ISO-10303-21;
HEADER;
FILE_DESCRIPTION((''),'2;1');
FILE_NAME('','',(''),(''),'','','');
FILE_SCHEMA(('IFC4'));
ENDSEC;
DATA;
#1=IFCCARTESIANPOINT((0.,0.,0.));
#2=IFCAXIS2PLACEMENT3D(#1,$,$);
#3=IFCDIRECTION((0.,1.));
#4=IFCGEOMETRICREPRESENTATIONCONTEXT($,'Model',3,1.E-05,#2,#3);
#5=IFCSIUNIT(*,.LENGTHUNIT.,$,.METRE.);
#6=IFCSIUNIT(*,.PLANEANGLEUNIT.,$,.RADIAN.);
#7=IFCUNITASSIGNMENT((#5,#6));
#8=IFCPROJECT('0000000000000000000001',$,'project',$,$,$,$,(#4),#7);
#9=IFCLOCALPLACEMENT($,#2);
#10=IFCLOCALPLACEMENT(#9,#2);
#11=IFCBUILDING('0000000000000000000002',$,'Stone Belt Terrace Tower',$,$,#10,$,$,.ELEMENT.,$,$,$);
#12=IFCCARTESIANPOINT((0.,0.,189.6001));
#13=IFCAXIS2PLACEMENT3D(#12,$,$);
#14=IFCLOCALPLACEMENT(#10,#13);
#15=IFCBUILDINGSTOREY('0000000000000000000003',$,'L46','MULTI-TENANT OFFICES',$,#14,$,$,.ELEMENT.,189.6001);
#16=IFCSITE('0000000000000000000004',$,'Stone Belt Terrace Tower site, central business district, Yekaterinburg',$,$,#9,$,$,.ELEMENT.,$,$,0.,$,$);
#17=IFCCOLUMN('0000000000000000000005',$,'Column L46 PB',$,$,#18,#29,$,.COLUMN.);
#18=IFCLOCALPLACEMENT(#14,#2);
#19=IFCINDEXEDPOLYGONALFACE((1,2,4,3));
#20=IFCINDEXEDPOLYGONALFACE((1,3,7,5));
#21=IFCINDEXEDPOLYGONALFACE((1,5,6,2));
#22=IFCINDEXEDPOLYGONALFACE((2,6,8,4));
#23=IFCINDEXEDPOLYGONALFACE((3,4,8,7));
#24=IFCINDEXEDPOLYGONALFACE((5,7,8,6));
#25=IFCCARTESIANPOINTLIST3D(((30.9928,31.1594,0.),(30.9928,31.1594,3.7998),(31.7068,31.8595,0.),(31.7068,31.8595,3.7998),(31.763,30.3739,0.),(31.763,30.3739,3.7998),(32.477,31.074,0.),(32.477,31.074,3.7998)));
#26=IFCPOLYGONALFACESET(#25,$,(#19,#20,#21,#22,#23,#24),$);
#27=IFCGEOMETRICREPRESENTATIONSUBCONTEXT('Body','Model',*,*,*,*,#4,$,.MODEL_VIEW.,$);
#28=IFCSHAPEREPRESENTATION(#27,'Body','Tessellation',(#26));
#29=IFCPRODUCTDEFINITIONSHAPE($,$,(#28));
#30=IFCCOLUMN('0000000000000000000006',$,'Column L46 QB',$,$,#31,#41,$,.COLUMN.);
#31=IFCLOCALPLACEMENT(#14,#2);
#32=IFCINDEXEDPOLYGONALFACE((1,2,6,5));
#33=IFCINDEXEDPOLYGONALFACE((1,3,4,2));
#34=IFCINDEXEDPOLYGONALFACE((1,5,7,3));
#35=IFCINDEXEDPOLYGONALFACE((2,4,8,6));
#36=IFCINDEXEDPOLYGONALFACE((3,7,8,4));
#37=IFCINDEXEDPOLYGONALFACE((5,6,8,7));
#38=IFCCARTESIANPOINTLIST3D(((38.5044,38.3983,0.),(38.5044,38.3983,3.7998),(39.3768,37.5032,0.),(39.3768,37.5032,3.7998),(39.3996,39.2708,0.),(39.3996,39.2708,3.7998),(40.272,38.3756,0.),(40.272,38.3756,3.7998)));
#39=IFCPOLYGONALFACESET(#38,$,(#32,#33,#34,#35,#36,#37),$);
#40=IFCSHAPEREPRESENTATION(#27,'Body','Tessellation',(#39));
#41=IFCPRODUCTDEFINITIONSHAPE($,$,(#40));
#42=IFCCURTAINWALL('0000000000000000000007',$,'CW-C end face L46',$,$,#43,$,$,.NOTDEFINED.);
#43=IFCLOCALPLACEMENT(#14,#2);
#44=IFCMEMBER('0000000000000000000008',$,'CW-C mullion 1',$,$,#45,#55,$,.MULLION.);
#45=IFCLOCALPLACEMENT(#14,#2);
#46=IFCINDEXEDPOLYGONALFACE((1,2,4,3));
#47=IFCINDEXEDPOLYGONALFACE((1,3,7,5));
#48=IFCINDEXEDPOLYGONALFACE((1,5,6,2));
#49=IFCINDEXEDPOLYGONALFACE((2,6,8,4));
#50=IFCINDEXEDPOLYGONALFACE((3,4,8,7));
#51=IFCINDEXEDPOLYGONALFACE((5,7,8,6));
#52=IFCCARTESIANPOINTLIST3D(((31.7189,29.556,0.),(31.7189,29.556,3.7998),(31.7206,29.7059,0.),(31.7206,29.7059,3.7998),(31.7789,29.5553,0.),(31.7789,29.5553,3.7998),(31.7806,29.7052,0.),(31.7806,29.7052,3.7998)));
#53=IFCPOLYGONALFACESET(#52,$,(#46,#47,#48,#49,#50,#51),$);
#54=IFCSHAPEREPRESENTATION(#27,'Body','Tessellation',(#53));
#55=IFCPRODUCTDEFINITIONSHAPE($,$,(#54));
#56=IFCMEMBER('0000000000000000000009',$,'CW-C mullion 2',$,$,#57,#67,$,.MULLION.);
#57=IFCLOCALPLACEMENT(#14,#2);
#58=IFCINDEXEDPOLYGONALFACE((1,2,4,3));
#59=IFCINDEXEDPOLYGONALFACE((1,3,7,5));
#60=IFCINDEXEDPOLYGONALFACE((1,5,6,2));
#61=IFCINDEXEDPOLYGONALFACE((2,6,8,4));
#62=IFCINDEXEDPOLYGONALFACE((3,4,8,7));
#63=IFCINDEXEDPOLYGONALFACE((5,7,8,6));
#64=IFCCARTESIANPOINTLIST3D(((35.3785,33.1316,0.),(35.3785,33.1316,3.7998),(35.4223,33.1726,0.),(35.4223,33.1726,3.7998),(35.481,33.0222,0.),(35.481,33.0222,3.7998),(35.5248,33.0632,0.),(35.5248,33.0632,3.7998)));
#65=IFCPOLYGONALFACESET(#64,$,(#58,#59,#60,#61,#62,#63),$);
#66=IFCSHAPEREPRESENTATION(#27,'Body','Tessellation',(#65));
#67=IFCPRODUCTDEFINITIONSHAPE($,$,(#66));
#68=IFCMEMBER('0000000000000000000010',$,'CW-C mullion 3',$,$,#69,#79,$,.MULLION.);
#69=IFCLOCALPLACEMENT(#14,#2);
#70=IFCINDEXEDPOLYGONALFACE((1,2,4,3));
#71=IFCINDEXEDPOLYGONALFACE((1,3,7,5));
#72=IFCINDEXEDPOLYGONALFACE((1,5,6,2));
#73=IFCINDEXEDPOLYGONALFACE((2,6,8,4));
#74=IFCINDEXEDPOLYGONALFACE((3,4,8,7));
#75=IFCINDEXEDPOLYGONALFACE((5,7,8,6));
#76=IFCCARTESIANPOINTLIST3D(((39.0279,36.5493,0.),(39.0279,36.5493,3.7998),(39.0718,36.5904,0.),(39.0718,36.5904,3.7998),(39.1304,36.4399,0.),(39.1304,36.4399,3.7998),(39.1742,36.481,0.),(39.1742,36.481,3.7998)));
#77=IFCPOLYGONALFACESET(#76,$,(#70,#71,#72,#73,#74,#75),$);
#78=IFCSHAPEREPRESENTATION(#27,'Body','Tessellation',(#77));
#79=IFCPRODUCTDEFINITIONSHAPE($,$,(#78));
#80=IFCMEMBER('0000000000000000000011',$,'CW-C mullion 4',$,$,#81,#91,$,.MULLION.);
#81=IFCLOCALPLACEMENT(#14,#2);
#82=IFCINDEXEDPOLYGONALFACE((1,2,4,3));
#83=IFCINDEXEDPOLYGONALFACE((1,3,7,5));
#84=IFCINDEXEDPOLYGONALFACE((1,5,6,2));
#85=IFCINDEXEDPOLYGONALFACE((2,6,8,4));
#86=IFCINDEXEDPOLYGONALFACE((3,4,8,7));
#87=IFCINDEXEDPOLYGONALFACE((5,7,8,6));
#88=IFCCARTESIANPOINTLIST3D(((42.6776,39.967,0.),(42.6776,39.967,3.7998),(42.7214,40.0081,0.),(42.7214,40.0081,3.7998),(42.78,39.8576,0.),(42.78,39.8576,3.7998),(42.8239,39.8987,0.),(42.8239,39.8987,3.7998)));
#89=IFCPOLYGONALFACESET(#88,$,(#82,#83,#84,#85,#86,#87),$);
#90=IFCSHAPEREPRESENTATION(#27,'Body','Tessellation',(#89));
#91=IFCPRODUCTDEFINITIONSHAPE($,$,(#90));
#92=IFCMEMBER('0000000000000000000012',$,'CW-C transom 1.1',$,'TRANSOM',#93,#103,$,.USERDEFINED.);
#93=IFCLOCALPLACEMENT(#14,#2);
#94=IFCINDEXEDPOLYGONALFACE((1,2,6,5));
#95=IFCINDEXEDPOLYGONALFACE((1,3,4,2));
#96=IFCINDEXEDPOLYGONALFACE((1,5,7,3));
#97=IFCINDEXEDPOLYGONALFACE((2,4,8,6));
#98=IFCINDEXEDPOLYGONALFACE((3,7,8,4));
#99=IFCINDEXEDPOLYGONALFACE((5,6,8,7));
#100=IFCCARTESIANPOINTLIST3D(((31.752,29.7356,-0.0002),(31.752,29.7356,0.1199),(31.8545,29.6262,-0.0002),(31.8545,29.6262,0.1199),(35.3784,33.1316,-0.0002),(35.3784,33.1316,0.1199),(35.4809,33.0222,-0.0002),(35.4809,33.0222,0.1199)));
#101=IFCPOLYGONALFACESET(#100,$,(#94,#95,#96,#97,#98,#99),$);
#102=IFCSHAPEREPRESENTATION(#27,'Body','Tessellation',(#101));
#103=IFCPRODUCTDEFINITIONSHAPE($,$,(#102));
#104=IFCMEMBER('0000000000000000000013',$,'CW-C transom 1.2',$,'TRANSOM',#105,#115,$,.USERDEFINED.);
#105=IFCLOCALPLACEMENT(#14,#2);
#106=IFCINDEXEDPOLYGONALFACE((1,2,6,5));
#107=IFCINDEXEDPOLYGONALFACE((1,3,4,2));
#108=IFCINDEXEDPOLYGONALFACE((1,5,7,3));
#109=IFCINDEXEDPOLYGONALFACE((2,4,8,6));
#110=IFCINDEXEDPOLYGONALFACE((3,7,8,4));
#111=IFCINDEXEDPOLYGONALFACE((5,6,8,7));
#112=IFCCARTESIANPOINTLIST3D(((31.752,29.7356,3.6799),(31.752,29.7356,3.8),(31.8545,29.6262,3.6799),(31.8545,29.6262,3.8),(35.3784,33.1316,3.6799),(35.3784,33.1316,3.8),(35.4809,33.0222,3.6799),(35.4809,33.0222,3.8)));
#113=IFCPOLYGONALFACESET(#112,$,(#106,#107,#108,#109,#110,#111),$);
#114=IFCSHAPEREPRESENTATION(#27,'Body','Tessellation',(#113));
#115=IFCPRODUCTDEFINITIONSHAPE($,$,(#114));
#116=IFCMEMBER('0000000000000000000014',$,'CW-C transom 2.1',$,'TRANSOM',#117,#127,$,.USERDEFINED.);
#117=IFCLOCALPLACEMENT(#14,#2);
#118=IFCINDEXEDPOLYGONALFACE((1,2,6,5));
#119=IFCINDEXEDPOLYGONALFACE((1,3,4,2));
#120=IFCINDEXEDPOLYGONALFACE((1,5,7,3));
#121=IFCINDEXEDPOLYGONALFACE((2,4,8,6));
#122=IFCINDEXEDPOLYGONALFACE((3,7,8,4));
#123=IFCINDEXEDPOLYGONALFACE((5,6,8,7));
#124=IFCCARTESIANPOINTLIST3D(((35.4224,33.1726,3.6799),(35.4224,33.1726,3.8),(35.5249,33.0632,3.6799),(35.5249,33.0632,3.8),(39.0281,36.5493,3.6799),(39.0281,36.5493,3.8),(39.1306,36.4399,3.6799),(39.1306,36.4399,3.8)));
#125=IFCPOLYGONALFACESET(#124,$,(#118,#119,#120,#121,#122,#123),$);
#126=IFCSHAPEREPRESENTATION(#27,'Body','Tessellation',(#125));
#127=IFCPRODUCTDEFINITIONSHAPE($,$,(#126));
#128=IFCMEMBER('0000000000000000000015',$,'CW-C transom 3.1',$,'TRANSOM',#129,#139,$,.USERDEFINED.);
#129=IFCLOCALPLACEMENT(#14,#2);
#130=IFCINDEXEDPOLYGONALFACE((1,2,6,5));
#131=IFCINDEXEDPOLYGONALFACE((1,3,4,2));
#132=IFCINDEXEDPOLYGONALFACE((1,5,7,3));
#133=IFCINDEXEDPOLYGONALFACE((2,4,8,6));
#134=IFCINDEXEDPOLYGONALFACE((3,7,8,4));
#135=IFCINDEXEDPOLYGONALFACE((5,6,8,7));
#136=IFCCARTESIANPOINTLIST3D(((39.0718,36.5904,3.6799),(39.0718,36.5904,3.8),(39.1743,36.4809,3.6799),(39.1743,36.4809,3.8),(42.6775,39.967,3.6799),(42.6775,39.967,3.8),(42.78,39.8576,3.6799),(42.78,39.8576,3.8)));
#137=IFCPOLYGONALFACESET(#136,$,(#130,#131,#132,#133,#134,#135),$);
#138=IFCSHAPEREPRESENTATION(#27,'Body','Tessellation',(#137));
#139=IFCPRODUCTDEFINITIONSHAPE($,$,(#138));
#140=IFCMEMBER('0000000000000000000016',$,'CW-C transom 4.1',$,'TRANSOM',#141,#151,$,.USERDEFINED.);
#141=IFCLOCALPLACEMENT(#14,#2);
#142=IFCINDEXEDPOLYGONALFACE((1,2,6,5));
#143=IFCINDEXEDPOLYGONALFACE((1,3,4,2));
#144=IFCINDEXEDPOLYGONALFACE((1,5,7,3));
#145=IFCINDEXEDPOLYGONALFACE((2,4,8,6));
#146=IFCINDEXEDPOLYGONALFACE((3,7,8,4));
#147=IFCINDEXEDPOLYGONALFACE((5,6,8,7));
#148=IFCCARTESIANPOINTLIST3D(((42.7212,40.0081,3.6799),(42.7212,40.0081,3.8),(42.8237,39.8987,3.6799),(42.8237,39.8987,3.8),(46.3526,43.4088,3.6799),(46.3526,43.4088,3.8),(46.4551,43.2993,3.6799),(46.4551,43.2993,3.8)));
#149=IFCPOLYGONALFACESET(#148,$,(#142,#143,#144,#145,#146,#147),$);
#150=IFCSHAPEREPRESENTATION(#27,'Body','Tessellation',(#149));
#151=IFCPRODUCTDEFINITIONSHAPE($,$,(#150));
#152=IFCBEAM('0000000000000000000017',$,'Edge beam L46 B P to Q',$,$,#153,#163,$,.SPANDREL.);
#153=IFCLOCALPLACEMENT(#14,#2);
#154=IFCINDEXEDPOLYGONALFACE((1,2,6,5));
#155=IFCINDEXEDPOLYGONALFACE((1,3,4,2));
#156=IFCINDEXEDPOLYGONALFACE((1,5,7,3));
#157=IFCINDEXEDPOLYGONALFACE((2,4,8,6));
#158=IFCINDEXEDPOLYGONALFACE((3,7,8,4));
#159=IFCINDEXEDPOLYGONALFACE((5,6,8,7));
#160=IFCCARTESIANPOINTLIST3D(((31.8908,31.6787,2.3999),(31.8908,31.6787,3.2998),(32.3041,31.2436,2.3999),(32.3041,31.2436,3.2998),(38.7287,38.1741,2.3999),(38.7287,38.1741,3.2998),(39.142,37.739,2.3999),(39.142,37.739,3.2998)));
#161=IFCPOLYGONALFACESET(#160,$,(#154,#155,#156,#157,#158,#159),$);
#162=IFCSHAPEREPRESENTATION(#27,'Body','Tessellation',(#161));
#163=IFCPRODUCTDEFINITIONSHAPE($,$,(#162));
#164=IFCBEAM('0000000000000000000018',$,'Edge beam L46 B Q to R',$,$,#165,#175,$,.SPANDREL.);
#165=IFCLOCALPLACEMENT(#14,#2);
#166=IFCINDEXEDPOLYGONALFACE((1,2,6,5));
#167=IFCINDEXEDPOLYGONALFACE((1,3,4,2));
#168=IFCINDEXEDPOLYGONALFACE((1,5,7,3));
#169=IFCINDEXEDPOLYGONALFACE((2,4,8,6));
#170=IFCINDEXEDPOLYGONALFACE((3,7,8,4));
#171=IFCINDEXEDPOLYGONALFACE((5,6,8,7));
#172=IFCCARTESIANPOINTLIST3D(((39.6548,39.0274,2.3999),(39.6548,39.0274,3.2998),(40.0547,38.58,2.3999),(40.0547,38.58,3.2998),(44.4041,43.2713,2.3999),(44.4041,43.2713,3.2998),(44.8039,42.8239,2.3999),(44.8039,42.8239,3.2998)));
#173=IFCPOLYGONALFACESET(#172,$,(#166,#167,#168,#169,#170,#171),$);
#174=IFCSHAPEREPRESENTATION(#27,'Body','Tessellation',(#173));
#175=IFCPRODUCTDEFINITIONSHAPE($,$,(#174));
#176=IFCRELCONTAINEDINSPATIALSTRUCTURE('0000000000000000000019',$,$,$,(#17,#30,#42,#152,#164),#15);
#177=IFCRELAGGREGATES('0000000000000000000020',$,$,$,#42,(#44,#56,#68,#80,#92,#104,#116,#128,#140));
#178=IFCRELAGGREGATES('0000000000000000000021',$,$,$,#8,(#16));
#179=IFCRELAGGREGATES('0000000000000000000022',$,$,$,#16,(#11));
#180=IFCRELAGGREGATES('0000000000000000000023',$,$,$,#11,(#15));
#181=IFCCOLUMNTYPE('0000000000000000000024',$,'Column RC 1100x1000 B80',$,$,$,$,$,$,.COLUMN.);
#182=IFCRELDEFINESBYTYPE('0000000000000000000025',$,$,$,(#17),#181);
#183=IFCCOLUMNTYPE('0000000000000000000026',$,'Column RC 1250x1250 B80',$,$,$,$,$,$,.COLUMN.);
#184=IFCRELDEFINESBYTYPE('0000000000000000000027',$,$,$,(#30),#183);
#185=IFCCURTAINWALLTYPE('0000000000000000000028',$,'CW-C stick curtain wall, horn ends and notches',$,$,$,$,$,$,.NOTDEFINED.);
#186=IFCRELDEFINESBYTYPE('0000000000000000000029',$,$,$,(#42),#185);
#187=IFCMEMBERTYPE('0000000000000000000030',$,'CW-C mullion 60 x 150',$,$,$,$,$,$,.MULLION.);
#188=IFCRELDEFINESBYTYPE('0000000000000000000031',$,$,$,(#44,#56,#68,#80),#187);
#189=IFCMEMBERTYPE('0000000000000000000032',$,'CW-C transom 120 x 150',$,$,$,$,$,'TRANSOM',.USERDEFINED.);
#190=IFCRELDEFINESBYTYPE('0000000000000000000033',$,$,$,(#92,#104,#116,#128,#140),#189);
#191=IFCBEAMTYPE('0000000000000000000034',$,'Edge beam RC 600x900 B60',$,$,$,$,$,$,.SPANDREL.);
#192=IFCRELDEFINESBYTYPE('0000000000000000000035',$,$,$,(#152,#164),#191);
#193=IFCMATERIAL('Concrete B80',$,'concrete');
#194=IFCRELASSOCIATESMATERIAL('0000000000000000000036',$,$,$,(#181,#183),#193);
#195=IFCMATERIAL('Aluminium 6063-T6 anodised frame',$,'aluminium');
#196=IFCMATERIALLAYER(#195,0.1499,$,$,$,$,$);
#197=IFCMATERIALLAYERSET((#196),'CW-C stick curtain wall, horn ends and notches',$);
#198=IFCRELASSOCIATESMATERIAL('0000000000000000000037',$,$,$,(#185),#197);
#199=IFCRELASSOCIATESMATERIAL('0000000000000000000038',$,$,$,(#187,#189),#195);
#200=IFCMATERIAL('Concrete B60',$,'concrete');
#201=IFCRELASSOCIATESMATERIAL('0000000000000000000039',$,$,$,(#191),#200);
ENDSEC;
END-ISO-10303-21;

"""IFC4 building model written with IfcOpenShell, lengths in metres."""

from ifc_helpers import new_model, si_unit, direction, frame, origin, origin_2d, place, context, subcontext, project, spatial, rectangle, extrude, material, layer, layer_set, material_profile, profile_set, type_object, element, aggregate, save


model = new_model("IFC4")

# Units and contexts
model_context = context("Model", 3, precision=1e-05, world=origin(), true_north=direction((0.0, 1.0)))
body_context = subcontext(model_context, "Body", "Model", "MODEL_VIEW")
ifc_project = project(units=[si_unit("LENGTHUNIT", "METRE"), si_unit("PLANEANGLEUNIT", "RADIAN")], contexts=[model_context])

# Site, building, storey
site_placement = place(None, origin())
site = spatial("IfcSite", under=ifc_project, at=site_placement, Name="Stone Belt Terrace Tower site, central business district, Yekaterinburg", CompositionType="ELEMENT", RefElevation=0.0)
building_placement = place(site_placement, origin())
building = spatial("IfcBuilding", under=site, at=building_placement, Name="Stone Belt Terrace Tower", CompositionType="ELEMENT")
storey_placement = place(building_placement, frame((0.0, 0.0, 189.6001)))
storey = spatial("IfcBuildingStorey", under=building, at=storey_placement, Name="L46", Description="MULTI-TENANT OFFICES", CompositionType="ELEMENT", Elevation=189.6001)

# Columns
ifc_material_1 = material(Name="Concrete B80", Category="concrete")
ifc_material_profile_1 = material_profile(ifc_material_1, rectangle(XDim=1.1001, YDim=1.0, at=origin_2d()), Name="RC 1100x1000")
ifc_profile_set_1 = profile_set([ifc_material_profile_1], Name="Concrete B80")
column_type_1 = type_object("IfcColumnType", Name="Column RC 1100x1000 B80", PredefinedType="COLUMN", material=ifc_profile_set_1)
column_1_placement = place(storey_placement, frame((31.7349, 31.1167, 0.0), z_axis=(0.0, 0.0, 1.0), x_axis=(0.70012, -0.714026, 0.0)))
element("IfcColumn", 1, at=column_1_placement, inside=storey, type_object=column_type_1, Name="Column L46 PB", PredefinedType="COLUMN", context=body_context, shape_type="SweptSolid", body=[
    extrude(rectangle(XDim=1.1001, YDim=1.0, at=origin_2d()), origin(), (0.0, 0.0, 1.0), 3.7998),
])
ifc_material_profile_2 = material_profile(ifc_material_1, rectangle(XDim=1.25, YDim=1.25, at=origin_2d()), Name="RC 1250x1250")
ifc_profile_set_2 = profile_set([ifc_material_profile_2], Name="Concrete B80")
column_type_2 = type_object("IfcColumnType", Name="Column RC 1250x1250 B80", PredefinedType="COLUMN", material=ifc_profile_set_2)
column_2_placement = place(storey_placement, frame((39.3882, 38.387, 0.0), z_axis=(0.0, 0.0, 1.0), x_axis=(0.697944, -0.716152, 0.0)))
element("IfcColumn", 2, at=column_2_placement, inside=storey, type_object=column_type_2, Name="Column L46 QB", PredefinedType="COLUMN", context=body_context, shape_type="SweptSolid", body=[
    extrude(rectangle(XDim=1.25, YDim=1.25, at=origin_2d()), origin(), (0.0, 0.0, 1.0), 3.7998),
])

# Curtain wall, members
ifc_material_2 = material(Name="Aluminium 6063-T6 anodised frame", Category="aluminium")
ifc_layer_1 = layer(ifc_material_2, 0.1499)
ifc_layer_set_1 = layer_set([ifc_layer_1], Name="CW-C stick curtain wall, horn ends and notches")
curtain_wall_type_1 = type_object("IfcCurtainWallType", Name="CW-C stick curtain wall, horn ends and notches", PredefinedType="NOTDEFINED", material=ifc_layer_set_1)
curtain_wall_1_placement = place(storey_placement, origin())
curtain_wall_1 = element("IfcCurtainWall", 3, at=curtain_wall_1_placement, inside=storey, type_object=curtain_wall_type_1, Name="CW-C end face L46", PredefinedType="NOTDEFINED")
ifc_material_profile_3 = material_profile(ifc_material_2, rectangle(XDim=0.1499, YDim=0.0601, at=origin_2d()), Name="Aluminium 6063-T6 60x150")
ifc_profile_set_3 = profile_set([ifc_material_profile_3], Name="Aluminium 6063-T6 anodised frame")
member_type_1 = type_object("IfcMemberType", Name="CW-C mullion 60 x 150", PredefinedType="MULLION", material=ifc_profile_set_3)
member_1_placement = place(storey_placement, frame((31.7498, 29.6306, 0.0), z_axis=(0.0, 0.0, 1.0), x_axis=(0.011498, 0.999934, 0.0)))
member_1 = element("IfcMember", 4, at=member_1_placement, type_object=member_type_1, Name="CW-C mullion 1", PredefinedType="MULLION", context=body_context, shape_type="SweptSolid", body=[
    extrude(rectangle(XDim=0.1499, YDim=0.0601, at=origin_2d()), origin(), (0.0, 0.0, 1.0), 3.7998),
])
member_2_placement = place(storey_placement, frame((35.4517, 33.0974, 0.0), z_axis=(0.0, 0.0, 1.0), x_axis=(-0.683549, 0.729904, 0.0)))
member_2 = element("IfcMember", 5, at=member_2_placement, type_object=member_type_1, Name="CW-C mullion 2", PredefinedType="MULLION", context=body_context, shape_type="SweptSolid", body=[
    extrude(rectangle(XDim=0.1499, YDim=0.0601, at=origin_2d()), origin(), (0.0, 0.0, 1.0), 3.7998),
])
member_3_placement = place(storey_placement, frame((39.1011, 36.5151, 0.0), z_axis=(0.0, 0.0, 1.0), x_axis=(-0.683549, 0.729904, 0.0)))
member_3 = element("IfcMember", 6, at=member_3_placement, type_object=member_type_1, Name="CW-C mullion 3", PredefinedType="MULLION", context=body_context, shape_type="SweptSolid", body=[
    extrude(rectangle(XDim=0.1499, YDim=0.0601, at=origin_2d()), origin(), (0.0, 0.0, 1.0), 3.7998),
])
member_4_placement = place(storey_placement, frame((42.7507, 39.9329, 0.0), z_axis=(0.0, 0.0, 1.0), x_axis=(-0.683549, 0.729904, 0.0)))
member_4 = element("IfcMember", 7, at=member_4_placement, type_object=member_type_1, Name="CW-C mullion 4", PredefinedType="MULLION", context=body_context, shape_type="SweptSolid", body=[
    extrude(rectangle(XDim=0.1499, YDim=0.0601, at=origin_2d()), origin(), (0.0, 0.0, 1.0), 3.7998),
])
ifc_material_profile_4 = material_profile(ifc_material_2, rectangle(XDim=0.1499, YDim=0.1201, at=origin_2d()), Name="Aluminium 6063-T6 150x120")
ifc_profile_set_4 = profile_set([ifc_material_profile_4], Name="Aluminium 6063-T6 anodised frame")
member_type_2 = type_object("IfcMemberType", Name="CW-C transom 120 x 150", ElementType="TRANSOM", PredefinedType="USERDEFINED", material=ifc_profile_set_4)
member_5_placement = place(storey_placement, frame((31.8032, 29.6809, 0.0598), z_axis=(0.72992, 0.683532, 0.0), x_axis=(-0.683532, 0.72992, 0.0)))
member_5 = element("IfcMember", 8, at=member_5_placement, type_object=member_type_2, Name="CW-C transom 1.1", ObjectType="TRANSOM", PredefinedType="USERDEFINED", context=body_context, shape_type="SweptSolid", body=[
    extrude(rectangle(XDim=0.1499, YDim=0.1201, at=origin_2d()), origin(), (0.0, 0.0, 1.0), 4.9683),
])
member_6_placement = place(storey_placement, frame((31.8032, 29.6809, 3.74), z_axis=(0.72992, 0.683532, 0.0), x_axis=(-0.683532, 0.72992, 0.0)))
member_6 = element("IfcMember", 9, at=member_6_placement, type_object=member_type_2, Name="CW-C transom 1.2", ObjectType="TRANSOM", PredefinedType="USERDEFINED", context=body_context, shape_type="SweptSolid", body=[
    extrude(rectangle(XDim=0.1499, YDim=0.1201, at=origin_2d()), origin(), (0.0, 0.0, 1.0), 4.9683),
])
member_7_placement = place(storey_placement, frame((35.4736, 33.1179, 3.74), z_axis=(0.729905, 0.683548, 0.0), x_axis=(-0.683548, 0.729905, 0.0)))
member_7 = element("IfcMember", 10, at=member_7_placement, type_object=member_type_2, Name="CW-C transom 2.1", ObjectType="TRANSOM", PredefinedType="USERDEFINED", context=body_context, shape_type="SweptSolid", body=[
    extrude(rectangle(XDim=0.1499, YDim=0.1201, at=origin_2d()), origin(), (0.0, 0.0, 1.0), 4.9399),
])
member_8_placement = place(storey_placement, frame((39.123, 36.5356, 3.74), z_axis=(0.729905, 0.683548, 0.0), x_axis=(-0.683548, 0.729905, 0.0)))
member_8 = element("IfcMember", 11, at=member_8_placement, type_object=member_type_2, Name="CW-C transom 3.1", ObjectType="TRANSOM", PredefinedType="USERDEFINED", context=body_context, shape_type="SweptSolid", body=[
    extrude(rectangle(XDim=0.1499, YDim=0.1201, at=origin_2d()), origin(), (0.0, 0.0, 1.0), 4.9399),
])
member_9_placement = place(storey_placement, frame((42.7725, 39.9534, 3.74), z_axis=(0.729914, 0.683539, 0.0), x_axis=(-0.683539, 0.729914, 0.0)))
member_9 = element("IfcMember", 12, at=member_9_placement, type_object=member_type_2, Name="CW-C transom 4.1", ObjectType="TRANSOM", PredefinedType="USERDEFINED", context=body_context, shape_type="SweptSolid", body=[
    extrude(rectangle(XDim=0.1499, YDim=0.1201, at=origin_2d()), origin(), (0.0, 0.0, 1.0), 4.9751),
])

# Beams
ifc_material_3 = material(Name="Concrete B60", Category="concrete")
ifc_material_profile_5 = material_profile(ifc_material_3, rectangle(XDim=0.6001, YDim=0.8999, at=origin_2d()), Name="RC 600x900")
ifc_profile_set_5 = profile_set([ifc_material_profile_5], Name="Concrete B60")
beam_type = type_object("IfcBeamType", Name="Edge beam RC 600x900 B60", PredefinedType="SPANDREL", material=ifc_profile_set_5)
beam_1_placement = place(storey_placement, frame((32.0974, 31.4612, 2.8499), z_axis=(0.725033, 0.688714, 0.0), x_axis=(-0.688714, 0.725033, 0.0)))
element("IfcBeam", 13, at=beam_1_placement, inside=storey, type_object=beam_type, Name="Edge beam L46 B P to Q", PredefinedType="SPANDREL", context=body_context, shape_type="SweptSolid", body=[
    extrude(rectangle(XDim=0.6001, YDim=0.8999, at=origin_2d()), origin(), (0.0, 0.0, 1.0), 9.4312),
])
beam_2_placement = place(storey_placement, frame((39.8547, 38.8037, 2.8499), z_axis=(0.745666, 0.66632, 0.0), x_axis=(-0.66632, 0.745666, 0.0)))
element("IfcBeam", 14, at=beam_2_placement, inside=storey, type_object=beam_type, Name="Edge beam L46 B Q to R", PredefinedType="SPANDREL", context=body_context, shape_type="SweptSolid", body=[
    extrude(rectangle(XDim=0.6001, YDim=0.8999, at=origin_2d()), origin(), (0.0, 0.0, 1.0), 6.3691),
])

aggregate(curtain_wall_1, [member_1, member_2, member_3, member_4, member_5, member_6, member_7, member_8, member_9])

save(model, "model.ifc")
